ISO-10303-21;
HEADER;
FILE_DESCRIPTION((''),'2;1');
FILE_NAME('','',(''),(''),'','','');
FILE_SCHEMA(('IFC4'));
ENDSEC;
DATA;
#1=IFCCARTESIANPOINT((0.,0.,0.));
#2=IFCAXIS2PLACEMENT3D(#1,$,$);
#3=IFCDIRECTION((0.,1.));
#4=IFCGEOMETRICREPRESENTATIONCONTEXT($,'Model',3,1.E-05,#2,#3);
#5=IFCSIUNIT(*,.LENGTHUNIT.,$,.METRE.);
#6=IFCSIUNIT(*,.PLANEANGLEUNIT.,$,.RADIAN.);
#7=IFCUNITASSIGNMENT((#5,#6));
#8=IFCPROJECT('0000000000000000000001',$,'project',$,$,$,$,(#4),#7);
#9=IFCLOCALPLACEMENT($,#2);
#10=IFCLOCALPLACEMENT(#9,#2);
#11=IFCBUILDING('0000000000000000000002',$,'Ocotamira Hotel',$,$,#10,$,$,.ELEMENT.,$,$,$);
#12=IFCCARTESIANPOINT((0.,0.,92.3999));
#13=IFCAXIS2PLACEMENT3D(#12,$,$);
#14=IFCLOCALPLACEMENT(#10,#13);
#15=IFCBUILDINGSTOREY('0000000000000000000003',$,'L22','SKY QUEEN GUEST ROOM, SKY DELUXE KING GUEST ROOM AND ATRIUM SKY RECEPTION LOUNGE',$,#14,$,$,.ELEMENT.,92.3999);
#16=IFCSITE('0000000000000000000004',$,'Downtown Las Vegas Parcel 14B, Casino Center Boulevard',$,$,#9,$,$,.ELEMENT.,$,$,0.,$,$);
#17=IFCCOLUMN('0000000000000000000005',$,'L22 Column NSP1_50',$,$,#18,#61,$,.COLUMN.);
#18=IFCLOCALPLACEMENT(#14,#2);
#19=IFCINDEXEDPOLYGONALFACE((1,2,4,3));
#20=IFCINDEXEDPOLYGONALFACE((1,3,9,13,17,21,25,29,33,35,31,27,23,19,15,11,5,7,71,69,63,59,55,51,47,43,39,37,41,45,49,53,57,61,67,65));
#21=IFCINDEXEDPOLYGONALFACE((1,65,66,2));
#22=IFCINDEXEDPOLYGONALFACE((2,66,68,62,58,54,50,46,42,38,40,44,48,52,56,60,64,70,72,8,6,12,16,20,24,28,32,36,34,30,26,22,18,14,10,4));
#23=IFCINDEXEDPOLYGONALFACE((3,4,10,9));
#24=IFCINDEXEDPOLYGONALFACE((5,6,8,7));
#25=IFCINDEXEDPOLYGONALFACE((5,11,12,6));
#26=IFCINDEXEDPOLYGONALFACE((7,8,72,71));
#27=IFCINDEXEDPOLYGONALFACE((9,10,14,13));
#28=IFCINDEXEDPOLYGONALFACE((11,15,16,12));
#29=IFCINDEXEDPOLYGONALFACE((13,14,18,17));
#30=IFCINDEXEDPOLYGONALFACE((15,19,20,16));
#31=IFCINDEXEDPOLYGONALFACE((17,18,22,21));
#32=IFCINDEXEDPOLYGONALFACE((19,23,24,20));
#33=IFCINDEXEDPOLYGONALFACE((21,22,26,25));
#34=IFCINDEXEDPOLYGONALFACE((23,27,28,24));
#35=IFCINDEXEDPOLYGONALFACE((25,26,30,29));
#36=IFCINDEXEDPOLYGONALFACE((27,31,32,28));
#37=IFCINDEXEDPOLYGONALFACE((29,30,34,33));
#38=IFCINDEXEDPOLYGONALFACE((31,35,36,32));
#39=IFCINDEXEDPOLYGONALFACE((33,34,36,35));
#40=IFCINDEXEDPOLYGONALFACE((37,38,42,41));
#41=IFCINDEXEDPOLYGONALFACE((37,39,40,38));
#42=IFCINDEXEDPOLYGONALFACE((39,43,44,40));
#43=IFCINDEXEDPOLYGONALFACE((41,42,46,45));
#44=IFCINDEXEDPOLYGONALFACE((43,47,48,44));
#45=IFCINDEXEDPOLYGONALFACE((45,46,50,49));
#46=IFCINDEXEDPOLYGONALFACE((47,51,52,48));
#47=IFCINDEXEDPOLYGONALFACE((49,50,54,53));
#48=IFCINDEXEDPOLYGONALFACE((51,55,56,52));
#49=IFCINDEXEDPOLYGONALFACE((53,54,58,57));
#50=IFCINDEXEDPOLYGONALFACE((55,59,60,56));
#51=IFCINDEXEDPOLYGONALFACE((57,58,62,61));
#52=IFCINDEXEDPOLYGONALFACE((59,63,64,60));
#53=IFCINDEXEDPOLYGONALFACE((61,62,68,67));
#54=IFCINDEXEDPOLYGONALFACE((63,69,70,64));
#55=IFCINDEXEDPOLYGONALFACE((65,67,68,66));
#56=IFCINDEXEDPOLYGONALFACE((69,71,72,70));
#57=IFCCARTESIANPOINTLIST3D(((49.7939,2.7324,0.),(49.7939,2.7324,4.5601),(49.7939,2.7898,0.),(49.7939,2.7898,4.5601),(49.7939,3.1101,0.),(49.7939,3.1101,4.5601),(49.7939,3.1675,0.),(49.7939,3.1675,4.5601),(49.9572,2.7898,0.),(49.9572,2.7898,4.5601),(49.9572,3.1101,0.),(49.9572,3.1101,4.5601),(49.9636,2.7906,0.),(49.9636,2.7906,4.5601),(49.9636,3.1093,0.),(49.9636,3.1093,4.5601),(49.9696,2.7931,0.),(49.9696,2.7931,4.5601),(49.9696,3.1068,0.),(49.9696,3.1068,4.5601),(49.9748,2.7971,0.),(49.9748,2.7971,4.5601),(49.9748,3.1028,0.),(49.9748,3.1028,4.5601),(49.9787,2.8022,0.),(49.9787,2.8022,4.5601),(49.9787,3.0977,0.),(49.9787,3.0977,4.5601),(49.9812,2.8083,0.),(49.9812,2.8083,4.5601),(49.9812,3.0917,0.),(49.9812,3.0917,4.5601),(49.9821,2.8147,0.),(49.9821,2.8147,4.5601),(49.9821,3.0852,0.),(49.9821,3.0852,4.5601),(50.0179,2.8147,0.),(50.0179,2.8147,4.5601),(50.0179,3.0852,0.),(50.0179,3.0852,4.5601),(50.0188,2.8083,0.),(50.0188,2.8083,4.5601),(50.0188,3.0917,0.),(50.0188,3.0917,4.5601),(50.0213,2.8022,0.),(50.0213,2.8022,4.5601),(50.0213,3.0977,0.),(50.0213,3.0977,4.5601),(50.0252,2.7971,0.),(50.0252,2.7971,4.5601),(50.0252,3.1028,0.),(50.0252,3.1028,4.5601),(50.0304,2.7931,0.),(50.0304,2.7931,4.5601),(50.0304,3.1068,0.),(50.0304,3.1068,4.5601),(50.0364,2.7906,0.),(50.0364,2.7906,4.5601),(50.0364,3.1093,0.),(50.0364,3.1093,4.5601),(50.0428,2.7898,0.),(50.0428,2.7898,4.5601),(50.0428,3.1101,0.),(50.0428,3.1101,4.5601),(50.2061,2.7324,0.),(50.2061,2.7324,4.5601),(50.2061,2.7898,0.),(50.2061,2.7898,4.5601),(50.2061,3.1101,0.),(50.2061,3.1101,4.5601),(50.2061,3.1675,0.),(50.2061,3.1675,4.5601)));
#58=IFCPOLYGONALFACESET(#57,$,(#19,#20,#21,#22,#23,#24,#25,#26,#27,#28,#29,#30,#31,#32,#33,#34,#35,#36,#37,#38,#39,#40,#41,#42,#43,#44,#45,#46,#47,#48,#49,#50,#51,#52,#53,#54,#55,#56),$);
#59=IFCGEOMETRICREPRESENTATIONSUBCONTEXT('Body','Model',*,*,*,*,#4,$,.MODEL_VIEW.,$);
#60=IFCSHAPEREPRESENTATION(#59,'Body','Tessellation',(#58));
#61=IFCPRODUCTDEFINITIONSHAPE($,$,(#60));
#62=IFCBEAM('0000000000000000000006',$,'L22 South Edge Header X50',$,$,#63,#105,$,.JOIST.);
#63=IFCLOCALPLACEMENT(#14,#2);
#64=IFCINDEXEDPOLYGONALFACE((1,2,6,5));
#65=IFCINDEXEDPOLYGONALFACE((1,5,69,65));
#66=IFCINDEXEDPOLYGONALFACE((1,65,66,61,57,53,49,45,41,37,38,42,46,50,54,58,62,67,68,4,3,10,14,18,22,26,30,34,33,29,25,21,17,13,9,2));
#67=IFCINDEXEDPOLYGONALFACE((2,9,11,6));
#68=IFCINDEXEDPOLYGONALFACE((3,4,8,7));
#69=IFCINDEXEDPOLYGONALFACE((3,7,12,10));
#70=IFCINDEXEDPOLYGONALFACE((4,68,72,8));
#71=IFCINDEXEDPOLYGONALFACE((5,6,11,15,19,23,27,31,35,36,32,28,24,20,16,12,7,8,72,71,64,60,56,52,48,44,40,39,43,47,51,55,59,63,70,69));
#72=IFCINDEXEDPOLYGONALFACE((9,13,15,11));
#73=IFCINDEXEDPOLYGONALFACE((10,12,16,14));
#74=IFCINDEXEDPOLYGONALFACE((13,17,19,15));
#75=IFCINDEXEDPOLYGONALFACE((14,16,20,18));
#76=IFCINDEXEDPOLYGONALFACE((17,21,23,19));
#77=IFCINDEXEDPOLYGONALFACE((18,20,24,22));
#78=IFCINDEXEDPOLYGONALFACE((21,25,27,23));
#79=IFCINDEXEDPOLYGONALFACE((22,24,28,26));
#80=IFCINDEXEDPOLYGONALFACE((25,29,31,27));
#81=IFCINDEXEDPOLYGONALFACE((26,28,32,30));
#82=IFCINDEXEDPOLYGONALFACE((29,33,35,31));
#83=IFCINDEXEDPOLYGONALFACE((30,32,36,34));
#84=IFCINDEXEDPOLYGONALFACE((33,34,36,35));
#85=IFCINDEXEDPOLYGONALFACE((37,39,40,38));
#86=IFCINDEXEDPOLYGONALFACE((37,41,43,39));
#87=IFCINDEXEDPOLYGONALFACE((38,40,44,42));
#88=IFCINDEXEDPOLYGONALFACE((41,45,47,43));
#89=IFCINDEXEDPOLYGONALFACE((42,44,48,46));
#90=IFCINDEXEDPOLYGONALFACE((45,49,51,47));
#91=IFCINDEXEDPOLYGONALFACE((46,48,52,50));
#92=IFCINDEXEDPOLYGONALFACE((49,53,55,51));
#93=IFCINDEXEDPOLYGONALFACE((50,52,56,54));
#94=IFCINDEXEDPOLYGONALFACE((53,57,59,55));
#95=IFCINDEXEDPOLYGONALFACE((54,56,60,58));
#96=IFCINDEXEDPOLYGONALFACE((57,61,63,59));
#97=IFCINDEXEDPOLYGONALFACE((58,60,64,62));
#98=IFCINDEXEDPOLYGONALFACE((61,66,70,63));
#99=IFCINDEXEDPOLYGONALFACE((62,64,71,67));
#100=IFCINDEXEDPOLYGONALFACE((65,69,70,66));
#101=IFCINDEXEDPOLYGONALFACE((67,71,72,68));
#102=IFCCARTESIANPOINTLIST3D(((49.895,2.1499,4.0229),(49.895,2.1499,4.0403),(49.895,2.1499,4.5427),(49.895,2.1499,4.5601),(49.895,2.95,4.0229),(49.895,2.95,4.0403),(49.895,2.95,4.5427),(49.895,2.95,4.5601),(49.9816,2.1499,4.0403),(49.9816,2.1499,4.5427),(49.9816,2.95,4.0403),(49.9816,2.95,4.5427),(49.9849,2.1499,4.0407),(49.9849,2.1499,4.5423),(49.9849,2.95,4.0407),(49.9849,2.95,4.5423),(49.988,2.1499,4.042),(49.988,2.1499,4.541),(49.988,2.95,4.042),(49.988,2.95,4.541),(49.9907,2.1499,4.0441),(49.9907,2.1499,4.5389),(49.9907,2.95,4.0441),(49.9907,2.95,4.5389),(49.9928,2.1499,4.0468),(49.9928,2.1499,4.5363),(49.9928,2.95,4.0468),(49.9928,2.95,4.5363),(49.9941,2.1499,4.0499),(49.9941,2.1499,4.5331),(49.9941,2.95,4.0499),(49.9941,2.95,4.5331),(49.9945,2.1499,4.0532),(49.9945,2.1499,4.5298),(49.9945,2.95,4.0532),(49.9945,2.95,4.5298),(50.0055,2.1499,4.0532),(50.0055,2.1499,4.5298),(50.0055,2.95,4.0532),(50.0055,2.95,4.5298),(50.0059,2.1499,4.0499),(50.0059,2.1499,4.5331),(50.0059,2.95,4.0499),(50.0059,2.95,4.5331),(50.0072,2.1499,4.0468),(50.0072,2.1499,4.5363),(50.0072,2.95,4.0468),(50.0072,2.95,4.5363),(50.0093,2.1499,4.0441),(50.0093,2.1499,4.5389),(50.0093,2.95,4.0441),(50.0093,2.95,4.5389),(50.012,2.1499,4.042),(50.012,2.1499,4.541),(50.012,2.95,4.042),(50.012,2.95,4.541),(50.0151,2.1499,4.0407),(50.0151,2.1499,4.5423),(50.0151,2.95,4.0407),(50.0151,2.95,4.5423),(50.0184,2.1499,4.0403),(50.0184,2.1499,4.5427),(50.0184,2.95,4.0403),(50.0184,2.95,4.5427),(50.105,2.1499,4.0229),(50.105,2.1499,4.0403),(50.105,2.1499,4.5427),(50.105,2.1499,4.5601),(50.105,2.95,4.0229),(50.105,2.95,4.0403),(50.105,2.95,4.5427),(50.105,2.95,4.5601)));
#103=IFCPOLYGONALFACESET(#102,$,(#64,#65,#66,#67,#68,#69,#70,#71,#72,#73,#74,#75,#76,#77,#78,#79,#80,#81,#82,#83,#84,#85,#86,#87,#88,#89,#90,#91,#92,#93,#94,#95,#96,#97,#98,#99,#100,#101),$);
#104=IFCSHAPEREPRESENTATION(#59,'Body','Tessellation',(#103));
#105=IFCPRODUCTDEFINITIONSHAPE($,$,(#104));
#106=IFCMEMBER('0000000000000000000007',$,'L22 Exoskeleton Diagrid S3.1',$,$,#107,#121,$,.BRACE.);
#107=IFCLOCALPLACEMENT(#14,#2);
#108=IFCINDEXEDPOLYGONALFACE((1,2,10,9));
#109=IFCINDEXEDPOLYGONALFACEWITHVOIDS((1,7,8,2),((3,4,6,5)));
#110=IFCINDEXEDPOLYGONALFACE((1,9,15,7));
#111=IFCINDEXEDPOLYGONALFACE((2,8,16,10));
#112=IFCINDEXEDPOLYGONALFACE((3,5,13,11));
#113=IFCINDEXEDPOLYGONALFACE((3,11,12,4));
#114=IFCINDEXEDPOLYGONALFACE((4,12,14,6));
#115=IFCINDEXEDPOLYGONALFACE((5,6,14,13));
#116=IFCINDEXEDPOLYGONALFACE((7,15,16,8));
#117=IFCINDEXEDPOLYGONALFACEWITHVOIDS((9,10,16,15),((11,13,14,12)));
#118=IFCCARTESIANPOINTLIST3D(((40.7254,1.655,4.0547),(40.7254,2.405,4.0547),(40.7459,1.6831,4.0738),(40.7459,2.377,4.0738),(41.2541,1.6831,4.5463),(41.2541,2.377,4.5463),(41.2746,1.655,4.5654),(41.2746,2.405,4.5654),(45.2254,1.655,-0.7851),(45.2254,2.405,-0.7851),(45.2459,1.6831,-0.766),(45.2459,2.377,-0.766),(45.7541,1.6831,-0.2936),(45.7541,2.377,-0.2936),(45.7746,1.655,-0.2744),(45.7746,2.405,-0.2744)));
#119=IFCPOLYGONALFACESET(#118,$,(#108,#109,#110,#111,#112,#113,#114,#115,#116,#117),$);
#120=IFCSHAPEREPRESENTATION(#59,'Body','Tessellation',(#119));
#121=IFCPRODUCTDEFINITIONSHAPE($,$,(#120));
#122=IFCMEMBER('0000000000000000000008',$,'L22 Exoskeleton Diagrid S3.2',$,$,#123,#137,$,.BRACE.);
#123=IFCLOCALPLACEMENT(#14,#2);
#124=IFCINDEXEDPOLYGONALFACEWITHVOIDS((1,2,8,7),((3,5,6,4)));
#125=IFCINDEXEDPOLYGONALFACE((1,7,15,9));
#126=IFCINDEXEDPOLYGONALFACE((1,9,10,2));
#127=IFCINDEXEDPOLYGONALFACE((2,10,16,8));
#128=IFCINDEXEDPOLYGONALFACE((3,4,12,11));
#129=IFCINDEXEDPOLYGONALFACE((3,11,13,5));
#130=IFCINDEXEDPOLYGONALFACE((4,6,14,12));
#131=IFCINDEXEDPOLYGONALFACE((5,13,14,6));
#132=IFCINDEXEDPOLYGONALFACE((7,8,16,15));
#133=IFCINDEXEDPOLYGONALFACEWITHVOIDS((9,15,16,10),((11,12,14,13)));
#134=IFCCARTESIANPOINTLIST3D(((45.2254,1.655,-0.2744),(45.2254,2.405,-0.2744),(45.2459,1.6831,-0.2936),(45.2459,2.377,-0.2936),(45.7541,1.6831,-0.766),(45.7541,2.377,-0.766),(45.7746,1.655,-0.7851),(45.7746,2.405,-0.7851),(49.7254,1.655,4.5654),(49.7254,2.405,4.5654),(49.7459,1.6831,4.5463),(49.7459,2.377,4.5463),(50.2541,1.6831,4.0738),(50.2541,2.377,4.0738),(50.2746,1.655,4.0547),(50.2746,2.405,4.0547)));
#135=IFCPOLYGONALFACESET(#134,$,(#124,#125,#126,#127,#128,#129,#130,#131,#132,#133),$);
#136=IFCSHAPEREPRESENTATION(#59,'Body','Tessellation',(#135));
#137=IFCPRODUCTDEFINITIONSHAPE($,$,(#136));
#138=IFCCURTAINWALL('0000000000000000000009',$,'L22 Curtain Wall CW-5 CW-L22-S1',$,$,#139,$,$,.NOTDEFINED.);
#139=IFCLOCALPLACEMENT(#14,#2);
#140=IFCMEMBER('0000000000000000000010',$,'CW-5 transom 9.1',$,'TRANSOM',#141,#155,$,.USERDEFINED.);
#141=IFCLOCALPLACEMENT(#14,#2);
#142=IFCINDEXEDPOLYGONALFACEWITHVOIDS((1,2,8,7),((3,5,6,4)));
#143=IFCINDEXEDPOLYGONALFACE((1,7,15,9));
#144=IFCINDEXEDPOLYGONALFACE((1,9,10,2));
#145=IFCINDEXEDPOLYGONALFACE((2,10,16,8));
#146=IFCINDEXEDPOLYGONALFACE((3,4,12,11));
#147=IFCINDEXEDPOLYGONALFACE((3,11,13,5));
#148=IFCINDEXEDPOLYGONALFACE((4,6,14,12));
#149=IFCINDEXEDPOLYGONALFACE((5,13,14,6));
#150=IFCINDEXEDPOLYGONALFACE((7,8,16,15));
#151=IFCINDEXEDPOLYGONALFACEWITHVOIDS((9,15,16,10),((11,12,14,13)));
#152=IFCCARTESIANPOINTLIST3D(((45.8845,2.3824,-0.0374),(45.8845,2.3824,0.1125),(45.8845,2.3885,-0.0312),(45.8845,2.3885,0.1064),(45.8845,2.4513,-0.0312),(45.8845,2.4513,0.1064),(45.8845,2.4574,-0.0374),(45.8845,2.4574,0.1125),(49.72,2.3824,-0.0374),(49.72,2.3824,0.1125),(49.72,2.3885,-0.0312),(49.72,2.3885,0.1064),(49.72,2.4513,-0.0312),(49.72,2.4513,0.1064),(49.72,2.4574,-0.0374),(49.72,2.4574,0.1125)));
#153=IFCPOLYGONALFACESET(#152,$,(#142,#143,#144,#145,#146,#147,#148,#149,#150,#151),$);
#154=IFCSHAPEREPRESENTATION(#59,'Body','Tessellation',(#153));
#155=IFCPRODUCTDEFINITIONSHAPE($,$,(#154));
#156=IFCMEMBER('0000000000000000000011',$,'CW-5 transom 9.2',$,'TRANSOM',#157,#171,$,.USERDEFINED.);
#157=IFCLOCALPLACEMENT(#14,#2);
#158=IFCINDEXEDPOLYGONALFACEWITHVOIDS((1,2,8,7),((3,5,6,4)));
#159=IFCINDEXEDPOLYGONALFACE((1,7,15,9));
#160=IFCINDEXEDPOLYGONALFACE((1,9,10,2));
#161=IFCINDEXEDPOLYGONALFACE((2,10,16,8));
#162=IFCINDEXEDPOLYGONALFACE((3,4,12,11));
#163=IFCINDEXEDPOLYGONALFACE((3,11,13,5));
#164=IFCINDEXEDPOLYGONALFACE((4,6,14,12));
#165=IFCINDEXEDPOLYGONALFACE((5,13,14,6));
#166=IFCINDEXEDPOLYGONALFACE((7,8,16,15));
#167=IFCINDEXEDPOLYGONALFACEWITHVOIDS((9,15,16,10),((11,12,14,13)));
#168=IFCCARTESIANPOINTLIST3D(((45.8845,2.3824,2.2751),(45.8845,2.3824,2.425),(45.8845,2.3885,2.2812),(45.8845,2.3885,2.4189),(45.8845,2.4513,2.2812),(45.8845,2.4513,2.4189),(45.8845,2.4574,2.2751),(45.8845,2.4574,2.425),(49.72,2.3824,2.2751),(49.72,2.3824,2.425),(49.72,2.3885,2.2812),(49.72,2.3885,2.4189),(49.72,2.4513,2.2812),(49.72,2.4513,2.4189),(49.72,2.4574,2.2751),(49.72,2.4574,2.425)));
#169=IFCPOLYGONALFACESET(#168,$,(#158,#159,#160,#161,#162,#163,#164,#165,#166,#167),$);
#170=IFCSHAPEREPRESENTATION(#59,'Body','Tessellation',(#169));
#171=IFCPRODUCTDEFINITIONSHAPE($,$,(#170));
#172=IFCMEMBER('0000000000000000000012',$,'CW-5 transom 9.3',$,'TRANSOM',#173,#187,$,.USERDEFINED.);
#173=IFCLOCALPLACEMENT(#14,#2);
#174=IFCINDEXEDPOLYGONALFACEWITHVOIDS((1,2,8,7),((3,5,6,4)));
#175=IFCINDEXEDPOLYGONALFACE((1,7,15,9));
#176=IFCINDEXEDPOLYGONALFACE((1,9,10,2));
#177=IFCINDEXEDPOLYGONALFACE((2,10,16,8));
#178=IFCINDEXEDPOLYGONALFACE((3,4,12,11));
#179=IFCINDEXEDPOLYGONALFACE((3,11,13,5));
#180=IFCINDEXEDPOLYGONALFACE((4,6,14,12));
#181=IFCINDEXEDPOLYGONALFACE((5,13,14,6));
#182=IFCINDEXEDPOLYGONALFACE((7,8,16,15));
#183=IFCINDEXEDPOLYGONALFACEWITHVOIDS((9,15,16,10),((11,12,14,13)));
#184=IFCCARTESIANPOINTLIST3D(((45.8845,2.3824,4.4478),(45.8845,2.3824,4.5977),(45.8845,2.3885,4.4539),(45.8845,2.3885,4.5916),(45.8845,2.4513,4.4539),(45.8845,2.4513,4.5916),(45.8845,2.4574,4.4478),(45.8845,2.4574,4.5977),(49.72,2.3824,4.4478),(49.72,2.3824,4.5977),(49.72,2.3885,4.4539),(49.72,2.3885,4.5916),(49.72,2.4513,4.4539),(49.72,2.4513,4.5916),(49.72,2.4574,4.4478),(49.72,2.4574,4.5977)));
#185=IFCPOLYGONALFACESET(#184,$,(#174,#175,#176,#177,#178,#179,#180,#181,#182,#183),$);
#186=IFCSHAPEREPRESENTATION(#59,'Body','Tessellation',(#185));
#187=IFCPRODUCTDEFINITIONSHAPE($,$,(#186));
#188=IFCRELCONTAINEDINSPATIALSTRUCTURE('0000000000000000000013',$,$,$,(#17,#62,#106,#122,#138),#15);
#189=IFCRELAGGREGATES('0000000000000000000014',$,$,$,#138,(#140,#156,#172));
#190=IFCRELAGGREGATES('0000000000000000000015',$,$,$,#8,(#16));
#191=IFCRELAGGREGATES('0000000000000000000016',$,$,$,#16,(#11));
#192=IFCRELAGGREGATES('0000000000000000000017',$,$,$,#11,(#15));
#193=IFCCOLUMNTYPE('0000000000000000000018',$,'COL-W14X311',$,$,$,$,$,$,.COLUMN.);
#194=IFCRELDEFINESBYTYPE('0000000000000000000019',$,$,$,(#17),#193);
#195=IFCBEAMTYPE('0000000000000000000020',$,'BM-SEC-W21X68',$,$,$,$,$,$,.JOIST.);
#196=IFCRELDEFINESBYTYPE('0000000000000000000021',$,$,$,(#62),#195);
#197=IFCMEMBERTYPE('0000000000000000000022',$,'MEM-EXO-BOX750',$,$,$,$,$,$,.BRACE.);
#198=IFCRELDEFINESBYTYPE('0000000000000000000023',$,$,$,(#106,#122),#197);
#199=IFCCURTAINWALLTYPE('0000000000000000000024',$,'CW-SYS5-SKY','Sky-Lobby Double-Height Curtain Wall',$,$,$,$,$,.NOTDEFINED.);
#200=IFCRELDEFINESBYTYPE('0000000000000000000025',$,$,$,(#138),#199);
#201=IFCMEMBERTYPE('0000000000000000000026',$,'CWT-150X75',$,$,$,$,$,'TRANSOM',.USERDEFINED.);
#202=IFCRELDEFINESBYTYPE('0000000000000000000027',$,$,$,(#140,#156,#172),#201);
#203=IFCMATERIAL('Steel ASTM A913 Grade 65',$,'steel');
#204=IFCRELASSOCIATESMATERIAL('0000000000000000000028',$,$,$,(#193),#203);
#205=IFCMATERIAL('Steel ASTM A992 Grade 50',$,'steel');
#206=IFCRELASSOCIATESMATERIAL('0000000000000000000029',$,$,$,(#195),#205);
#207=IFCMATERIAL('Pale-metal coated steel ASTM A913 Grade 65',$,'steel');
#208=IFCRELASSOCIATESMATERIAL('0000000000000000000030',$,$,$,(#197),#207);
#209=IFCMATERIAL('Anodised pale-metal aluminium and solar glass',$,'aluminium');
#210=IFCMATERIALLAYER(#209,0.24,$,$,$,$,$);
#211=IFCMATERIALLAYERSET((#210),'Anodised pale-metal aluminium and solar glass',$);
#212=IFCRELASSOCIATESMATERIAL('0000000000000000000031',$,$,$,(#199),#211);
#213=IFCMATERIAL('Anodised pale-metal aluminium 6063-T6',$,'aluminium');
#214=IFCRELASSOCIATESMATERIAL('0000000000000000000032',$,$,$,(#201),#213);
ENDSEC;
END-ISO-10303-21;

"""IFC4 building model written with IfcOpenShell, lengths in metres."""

from ifc_helpers import new_model, si_unit, direction, frame, origin, origin_2d, place, context, subcontext, project, spatial, hollow_rectangle, i_section, extrude, source, transform, mapped, material, layer, layer_set, material_profile, profile_set, type_object, element, aggregate, save


model = new_model("IFC4")

# Units and contexts
model_context = context("Model", 3, precision=1e-05, world=origin(), true_north=direction((0.0, 1.0)))
body_context = subcontext(model_context, "Body", "Model", "MODEL_VIEW")
ifc_project = project(units=[si_unit("LENGTHUNIT", "METRE"), si_unit("PLANEANGLEUNIT", "RADIAN")], contexts=[model_context])

# Site, building, storey
site_placement = place(None, origin())
site = spatial("IfcSite", under=ifc_project, at=site_placement, Name="Downtown Las Vegas Parcel 14B, Casino Center Boulevard", CompositionType="ELEMENT", RefElevation=0.0)
building_placement = place(site_placement, origin())
building = spatial("IfcBuilding", under=site, at=building_placement, Name="Ocotamira Hotel", CompositionType="ELEMENT")
storey_placement = place(building_placement, frame((0.0, 0.0, 92.3999)))
storey = spatial("IfcBuildingStorey", under=building, at=storey_placement, Name="L22", Description="SKY QUEEN GUEST ROOM, SKY DELUXE KING GUEST ROOM AND ATRIUM SKY RECEPTION LOUNGE", CompositionType="ELEMENT", Elevation=92.3999)

# Column
ifc_material_1 = material(Name="Steel ASTM A913 Grade 65", Category="steel")
ifc_material_profile_1 = material_profile(ifc_material_1, i_section(OverallWidth=0.4121, OverallDepth=0.4351, WebThickness=0.0359, FlangeThickness=0.0574, FilletRadius=0.0249, at=origin_2d()), Name="W14X311")
ifc_profile_set_1 = profile_set([ifc_material_profile_1], Name="Steel ASTM A913 Grade 65")
column_type = type_object("IfcColumnType", Name="COL-W14X311", PredefinedType="COLUMN", material=ifc_profile_set_1)
shared_shape_1 = source(origin(), body_context, "Body", "SweptSolid", [
    extrude(i_section(OverallWidth=0.4121, OverallDepth=0.4351, WebThickness=0.0359, FlangeThickness=0.0574, FilletRadius=0.0249, at=origin_2d()), origin(), (0.0, 0.0, 1.0), 4.5601),
])
column_placement = place(storey_placement, frame((50.0, 2.95, 0.0), z_axis=(0.0, 0.0, 1.0), x_axis=(1.0, 0.0, 0.0)))
element("IfcColumn", 1, at=column_placement, inside=storey, type_object=column_type, Name="L22 Column NSP1_50", PredefinedType="COLUMN", context=body_context, shape_type="MappedRepresentation", body=[
    mapped(shared_shape_1, transform((0.0, 0.0, 0.0), scale=1.0)),
])

# Beam
ifc_material_2 = material(Name="Steel ASTM A992 Grade 50", Category="steel")
ifc_material_profile_2 = material_profile(ifc_material_2, i_section(OverallWidth=0.21, OverallDepth=0.5371, WebThickness=0.011, FlangeThickness=0.0173, FilletRadius=0.0129, at=origin_2d()), Name="W21X68")
ifc_profile_set_2 = profile_set([ifc_material_profile_2], Name="Steel ASTM A992 Grade 50")
beam_type = type_object("IfcBeamType", Name="BM-SEC-W21X68", PredefinedType="JOIST", material=ifc_profile_set_2)
shared_shape_2 = source(origin(), body_context, "Body", "SweptSolid", [
    extrude(i_section(OverallWidth=0.21, OverallDepth=0.5371, WebThickness=0.011, FlangeThickness=0.0173, FilletRadius=0.0129, at=origin_2d()), origin(), (0.0, 0.0, 1.0), 0.8),
])
beam_placement = place(storey_placement, frame((50.0, 2.95, 4.2915), z_axis=(0.0, -1.0, 0.0), x_axis=(1.0, 0.0, 0.0)))
element("IfcBeam", 2, at=beam_placement, inside=storey, type_object=beam_type, Name="L22 South Edge Header X50", PredefinedType="JOIST", context=body_context, shape_type="MappedRepresentation", body=[
    mapped(shared_shape_2, transform((0.0, 0.0, 0.0), scale=1.0)),
])

# Members
ifc_material_3 = material(Name="Pale-metal coated steel ASTM A913 Grade 65", Category="steel")
ifc_material_profile_3 = material_profile(ifc_material_3, hollow_rectangle(XDim=0.75, YDim=0.75, WallThickness=0.0281, at=origin_2d()), Name="BOX750X750X28")
ifc_profile_set_3 = profile_set([ifc_material_profile_3], Name="Pale-metal coated steel ASTM A913 Grade 65")
member_type_1 = type_object("IfcMemberType", Name="MEM-EXO-BOX750", PredefinedType="BRACE", material=ifc_profile_set_3)
shared_shape_3 = source(origin(), body_context, "Body", "SweptSolid", [
    extrude(hollow_rectangle(XDim=0.75, YDim=0.75, WallThickness=0.0281, at=origin_2d()), origin(), (0.0, 0.0, 1.0), 6.6086),
])
for number, where, z_axis, x_axis, name in (
    (3, (45.5, 2.03, -0.5298), (-0.680927, 0.0, 0.732351), (0.0, -1.0, 0.0), "L22 Exoskeleton Diagrid S3.1"),
    (4, (45.5, 2.03, -0.5298), (0.680927, 0.0, 0.732351), (0.0, 1.0, 0.0), "L22 Exoskeleton Diagrid S3.2"),
):
    element("IfcMember", number, at=place(storey_placement, frame(where, z_axis=z_axis, x_axis=x_axis)), inside=storey, type_object=member_type_1, Name=name, PredefinedType="BRACE", context=body_context, shape_type="MappedRepresentation", body=[
        mapped(shared_shape_3, transform((0.0, 0.0, 0.0), scale=1.0)),
    ])

# Curtain wall, members
ifc_material_4 = material(Name="Anodised pale-metal aluminium and solar glass", Category="aluminium")
ifc_layer_1 = layer(ifc_material_4, 0.24)
ifc_layer_set_1 = layer_set([ifc_layer_1], Name="Anodised pale-metal aluminium and solar glass")
curtain_wall_type = type_object("IfcCurtainWallType", Name="CW-SYS5-SKY", Description="Sky-Lobby Double-Height Curtain Wall", PredefinedType="NOTDEFINED", material=ifc_layer_set_1)
curtain_wall_placement = place(storey_placement, origin())
curtain_wall = element("IfcCurtainWall", 5, at=curtain_wall_placement, inside=storey, type_object=curtain_wall_type, Name="L22 Curtain Wall CW-5 CW-L22-S1", PredefinedType="NOTDEFINED")
ifc_material_5 = material(Name="Anodised pale-metal aluminium 6063-T6", Category="aluminium")
ifc_material_profile_4 = material_profile(ifc_material_5, hollow_rectangle(XDim=0.075, YDim=0.1499, WallThickness=0.0061, at=origin_2d()), Name="HSS150X75X6")
ifc_profile_set_4 = profile_set([ifc_material_profile_4], Name="Anodised pale-metal aluminium 6063-T6")
member_type_2 = type_object("IfcMemberType", Name="CWT-150X75", ElementType="TRANSOM", PredefinedType="USERDEFINED", material=ifc_profile_set_4)
shared_shape_4 = source(origin(), body_context, "Body", "SweptSolid", [
    extrude(hollow_rectangle(XDim=0.075, YDim=0.1499, WallThickness=0.0061, at=origin_2d()), origin(), (0.0, 0.0, 1.0), 3.8354),
])
member_1_placement = place(storey_placement, frame((45.8845, 2.4199, 0.0376), z_axis=(1.0, 0.0, 0.0), x_axis=(0.0, 1.0, 0.0)))
member_1 = element("IfcMember", 6, at=member_1_placement, type_object=member_type_2, Name="CW-5 transom 9.1", ObjectType="TRANSOM", PredefinedType="USERDEFINED", context=body_context, shape_type="MappedRepresentation", body=[
    mapped(shared_shape_4, transform((0.0, 0.0, 0.0), scale=1.0)),
])
member_2_placement = place(storey_placement, frame((45.8845, 2.4199, 2.3501), z_axis=(1.0, 0.0, 0.0), x_axis=(0.0, 1.0, 0.0)))
member_2 = element("IfcMember", 7, at=member_2_placement, type_object=member_type_2, Name="CW-5 transom 9.2", ObjectType="TRANSOM", PredefinedType="USERDEFINED", context=body_context, shape_type="MappedRepresentation", body=[
    mapped(shared_shape_4, transform((0.0, 0.0, 0.0), scale=1.0)),
])
member_3_placement = place(storey_placement, frame((45.8845, 2.4199, 4.5227), z_axis=(1.0, 0.0, 0.0), x_axis=(0.0, 1.0, 0.0)))
member_3 = element("IfcMember", 8, at=member_3_placement, type_object=member_type_2, Name="CW-5 transom 9.3", ObjectType="TRANSOM", PredefinedType="USERDEFINED", context=body_context, shape_type="MappedRepresentation", body=[
    mapped(shared_shape_4, transform((0.0, 0.0, 0.0), scale=1.0)),
])

aggregate(curtain_wall, [member_1, member_2, member_3])

save(model, "model.ifc")
